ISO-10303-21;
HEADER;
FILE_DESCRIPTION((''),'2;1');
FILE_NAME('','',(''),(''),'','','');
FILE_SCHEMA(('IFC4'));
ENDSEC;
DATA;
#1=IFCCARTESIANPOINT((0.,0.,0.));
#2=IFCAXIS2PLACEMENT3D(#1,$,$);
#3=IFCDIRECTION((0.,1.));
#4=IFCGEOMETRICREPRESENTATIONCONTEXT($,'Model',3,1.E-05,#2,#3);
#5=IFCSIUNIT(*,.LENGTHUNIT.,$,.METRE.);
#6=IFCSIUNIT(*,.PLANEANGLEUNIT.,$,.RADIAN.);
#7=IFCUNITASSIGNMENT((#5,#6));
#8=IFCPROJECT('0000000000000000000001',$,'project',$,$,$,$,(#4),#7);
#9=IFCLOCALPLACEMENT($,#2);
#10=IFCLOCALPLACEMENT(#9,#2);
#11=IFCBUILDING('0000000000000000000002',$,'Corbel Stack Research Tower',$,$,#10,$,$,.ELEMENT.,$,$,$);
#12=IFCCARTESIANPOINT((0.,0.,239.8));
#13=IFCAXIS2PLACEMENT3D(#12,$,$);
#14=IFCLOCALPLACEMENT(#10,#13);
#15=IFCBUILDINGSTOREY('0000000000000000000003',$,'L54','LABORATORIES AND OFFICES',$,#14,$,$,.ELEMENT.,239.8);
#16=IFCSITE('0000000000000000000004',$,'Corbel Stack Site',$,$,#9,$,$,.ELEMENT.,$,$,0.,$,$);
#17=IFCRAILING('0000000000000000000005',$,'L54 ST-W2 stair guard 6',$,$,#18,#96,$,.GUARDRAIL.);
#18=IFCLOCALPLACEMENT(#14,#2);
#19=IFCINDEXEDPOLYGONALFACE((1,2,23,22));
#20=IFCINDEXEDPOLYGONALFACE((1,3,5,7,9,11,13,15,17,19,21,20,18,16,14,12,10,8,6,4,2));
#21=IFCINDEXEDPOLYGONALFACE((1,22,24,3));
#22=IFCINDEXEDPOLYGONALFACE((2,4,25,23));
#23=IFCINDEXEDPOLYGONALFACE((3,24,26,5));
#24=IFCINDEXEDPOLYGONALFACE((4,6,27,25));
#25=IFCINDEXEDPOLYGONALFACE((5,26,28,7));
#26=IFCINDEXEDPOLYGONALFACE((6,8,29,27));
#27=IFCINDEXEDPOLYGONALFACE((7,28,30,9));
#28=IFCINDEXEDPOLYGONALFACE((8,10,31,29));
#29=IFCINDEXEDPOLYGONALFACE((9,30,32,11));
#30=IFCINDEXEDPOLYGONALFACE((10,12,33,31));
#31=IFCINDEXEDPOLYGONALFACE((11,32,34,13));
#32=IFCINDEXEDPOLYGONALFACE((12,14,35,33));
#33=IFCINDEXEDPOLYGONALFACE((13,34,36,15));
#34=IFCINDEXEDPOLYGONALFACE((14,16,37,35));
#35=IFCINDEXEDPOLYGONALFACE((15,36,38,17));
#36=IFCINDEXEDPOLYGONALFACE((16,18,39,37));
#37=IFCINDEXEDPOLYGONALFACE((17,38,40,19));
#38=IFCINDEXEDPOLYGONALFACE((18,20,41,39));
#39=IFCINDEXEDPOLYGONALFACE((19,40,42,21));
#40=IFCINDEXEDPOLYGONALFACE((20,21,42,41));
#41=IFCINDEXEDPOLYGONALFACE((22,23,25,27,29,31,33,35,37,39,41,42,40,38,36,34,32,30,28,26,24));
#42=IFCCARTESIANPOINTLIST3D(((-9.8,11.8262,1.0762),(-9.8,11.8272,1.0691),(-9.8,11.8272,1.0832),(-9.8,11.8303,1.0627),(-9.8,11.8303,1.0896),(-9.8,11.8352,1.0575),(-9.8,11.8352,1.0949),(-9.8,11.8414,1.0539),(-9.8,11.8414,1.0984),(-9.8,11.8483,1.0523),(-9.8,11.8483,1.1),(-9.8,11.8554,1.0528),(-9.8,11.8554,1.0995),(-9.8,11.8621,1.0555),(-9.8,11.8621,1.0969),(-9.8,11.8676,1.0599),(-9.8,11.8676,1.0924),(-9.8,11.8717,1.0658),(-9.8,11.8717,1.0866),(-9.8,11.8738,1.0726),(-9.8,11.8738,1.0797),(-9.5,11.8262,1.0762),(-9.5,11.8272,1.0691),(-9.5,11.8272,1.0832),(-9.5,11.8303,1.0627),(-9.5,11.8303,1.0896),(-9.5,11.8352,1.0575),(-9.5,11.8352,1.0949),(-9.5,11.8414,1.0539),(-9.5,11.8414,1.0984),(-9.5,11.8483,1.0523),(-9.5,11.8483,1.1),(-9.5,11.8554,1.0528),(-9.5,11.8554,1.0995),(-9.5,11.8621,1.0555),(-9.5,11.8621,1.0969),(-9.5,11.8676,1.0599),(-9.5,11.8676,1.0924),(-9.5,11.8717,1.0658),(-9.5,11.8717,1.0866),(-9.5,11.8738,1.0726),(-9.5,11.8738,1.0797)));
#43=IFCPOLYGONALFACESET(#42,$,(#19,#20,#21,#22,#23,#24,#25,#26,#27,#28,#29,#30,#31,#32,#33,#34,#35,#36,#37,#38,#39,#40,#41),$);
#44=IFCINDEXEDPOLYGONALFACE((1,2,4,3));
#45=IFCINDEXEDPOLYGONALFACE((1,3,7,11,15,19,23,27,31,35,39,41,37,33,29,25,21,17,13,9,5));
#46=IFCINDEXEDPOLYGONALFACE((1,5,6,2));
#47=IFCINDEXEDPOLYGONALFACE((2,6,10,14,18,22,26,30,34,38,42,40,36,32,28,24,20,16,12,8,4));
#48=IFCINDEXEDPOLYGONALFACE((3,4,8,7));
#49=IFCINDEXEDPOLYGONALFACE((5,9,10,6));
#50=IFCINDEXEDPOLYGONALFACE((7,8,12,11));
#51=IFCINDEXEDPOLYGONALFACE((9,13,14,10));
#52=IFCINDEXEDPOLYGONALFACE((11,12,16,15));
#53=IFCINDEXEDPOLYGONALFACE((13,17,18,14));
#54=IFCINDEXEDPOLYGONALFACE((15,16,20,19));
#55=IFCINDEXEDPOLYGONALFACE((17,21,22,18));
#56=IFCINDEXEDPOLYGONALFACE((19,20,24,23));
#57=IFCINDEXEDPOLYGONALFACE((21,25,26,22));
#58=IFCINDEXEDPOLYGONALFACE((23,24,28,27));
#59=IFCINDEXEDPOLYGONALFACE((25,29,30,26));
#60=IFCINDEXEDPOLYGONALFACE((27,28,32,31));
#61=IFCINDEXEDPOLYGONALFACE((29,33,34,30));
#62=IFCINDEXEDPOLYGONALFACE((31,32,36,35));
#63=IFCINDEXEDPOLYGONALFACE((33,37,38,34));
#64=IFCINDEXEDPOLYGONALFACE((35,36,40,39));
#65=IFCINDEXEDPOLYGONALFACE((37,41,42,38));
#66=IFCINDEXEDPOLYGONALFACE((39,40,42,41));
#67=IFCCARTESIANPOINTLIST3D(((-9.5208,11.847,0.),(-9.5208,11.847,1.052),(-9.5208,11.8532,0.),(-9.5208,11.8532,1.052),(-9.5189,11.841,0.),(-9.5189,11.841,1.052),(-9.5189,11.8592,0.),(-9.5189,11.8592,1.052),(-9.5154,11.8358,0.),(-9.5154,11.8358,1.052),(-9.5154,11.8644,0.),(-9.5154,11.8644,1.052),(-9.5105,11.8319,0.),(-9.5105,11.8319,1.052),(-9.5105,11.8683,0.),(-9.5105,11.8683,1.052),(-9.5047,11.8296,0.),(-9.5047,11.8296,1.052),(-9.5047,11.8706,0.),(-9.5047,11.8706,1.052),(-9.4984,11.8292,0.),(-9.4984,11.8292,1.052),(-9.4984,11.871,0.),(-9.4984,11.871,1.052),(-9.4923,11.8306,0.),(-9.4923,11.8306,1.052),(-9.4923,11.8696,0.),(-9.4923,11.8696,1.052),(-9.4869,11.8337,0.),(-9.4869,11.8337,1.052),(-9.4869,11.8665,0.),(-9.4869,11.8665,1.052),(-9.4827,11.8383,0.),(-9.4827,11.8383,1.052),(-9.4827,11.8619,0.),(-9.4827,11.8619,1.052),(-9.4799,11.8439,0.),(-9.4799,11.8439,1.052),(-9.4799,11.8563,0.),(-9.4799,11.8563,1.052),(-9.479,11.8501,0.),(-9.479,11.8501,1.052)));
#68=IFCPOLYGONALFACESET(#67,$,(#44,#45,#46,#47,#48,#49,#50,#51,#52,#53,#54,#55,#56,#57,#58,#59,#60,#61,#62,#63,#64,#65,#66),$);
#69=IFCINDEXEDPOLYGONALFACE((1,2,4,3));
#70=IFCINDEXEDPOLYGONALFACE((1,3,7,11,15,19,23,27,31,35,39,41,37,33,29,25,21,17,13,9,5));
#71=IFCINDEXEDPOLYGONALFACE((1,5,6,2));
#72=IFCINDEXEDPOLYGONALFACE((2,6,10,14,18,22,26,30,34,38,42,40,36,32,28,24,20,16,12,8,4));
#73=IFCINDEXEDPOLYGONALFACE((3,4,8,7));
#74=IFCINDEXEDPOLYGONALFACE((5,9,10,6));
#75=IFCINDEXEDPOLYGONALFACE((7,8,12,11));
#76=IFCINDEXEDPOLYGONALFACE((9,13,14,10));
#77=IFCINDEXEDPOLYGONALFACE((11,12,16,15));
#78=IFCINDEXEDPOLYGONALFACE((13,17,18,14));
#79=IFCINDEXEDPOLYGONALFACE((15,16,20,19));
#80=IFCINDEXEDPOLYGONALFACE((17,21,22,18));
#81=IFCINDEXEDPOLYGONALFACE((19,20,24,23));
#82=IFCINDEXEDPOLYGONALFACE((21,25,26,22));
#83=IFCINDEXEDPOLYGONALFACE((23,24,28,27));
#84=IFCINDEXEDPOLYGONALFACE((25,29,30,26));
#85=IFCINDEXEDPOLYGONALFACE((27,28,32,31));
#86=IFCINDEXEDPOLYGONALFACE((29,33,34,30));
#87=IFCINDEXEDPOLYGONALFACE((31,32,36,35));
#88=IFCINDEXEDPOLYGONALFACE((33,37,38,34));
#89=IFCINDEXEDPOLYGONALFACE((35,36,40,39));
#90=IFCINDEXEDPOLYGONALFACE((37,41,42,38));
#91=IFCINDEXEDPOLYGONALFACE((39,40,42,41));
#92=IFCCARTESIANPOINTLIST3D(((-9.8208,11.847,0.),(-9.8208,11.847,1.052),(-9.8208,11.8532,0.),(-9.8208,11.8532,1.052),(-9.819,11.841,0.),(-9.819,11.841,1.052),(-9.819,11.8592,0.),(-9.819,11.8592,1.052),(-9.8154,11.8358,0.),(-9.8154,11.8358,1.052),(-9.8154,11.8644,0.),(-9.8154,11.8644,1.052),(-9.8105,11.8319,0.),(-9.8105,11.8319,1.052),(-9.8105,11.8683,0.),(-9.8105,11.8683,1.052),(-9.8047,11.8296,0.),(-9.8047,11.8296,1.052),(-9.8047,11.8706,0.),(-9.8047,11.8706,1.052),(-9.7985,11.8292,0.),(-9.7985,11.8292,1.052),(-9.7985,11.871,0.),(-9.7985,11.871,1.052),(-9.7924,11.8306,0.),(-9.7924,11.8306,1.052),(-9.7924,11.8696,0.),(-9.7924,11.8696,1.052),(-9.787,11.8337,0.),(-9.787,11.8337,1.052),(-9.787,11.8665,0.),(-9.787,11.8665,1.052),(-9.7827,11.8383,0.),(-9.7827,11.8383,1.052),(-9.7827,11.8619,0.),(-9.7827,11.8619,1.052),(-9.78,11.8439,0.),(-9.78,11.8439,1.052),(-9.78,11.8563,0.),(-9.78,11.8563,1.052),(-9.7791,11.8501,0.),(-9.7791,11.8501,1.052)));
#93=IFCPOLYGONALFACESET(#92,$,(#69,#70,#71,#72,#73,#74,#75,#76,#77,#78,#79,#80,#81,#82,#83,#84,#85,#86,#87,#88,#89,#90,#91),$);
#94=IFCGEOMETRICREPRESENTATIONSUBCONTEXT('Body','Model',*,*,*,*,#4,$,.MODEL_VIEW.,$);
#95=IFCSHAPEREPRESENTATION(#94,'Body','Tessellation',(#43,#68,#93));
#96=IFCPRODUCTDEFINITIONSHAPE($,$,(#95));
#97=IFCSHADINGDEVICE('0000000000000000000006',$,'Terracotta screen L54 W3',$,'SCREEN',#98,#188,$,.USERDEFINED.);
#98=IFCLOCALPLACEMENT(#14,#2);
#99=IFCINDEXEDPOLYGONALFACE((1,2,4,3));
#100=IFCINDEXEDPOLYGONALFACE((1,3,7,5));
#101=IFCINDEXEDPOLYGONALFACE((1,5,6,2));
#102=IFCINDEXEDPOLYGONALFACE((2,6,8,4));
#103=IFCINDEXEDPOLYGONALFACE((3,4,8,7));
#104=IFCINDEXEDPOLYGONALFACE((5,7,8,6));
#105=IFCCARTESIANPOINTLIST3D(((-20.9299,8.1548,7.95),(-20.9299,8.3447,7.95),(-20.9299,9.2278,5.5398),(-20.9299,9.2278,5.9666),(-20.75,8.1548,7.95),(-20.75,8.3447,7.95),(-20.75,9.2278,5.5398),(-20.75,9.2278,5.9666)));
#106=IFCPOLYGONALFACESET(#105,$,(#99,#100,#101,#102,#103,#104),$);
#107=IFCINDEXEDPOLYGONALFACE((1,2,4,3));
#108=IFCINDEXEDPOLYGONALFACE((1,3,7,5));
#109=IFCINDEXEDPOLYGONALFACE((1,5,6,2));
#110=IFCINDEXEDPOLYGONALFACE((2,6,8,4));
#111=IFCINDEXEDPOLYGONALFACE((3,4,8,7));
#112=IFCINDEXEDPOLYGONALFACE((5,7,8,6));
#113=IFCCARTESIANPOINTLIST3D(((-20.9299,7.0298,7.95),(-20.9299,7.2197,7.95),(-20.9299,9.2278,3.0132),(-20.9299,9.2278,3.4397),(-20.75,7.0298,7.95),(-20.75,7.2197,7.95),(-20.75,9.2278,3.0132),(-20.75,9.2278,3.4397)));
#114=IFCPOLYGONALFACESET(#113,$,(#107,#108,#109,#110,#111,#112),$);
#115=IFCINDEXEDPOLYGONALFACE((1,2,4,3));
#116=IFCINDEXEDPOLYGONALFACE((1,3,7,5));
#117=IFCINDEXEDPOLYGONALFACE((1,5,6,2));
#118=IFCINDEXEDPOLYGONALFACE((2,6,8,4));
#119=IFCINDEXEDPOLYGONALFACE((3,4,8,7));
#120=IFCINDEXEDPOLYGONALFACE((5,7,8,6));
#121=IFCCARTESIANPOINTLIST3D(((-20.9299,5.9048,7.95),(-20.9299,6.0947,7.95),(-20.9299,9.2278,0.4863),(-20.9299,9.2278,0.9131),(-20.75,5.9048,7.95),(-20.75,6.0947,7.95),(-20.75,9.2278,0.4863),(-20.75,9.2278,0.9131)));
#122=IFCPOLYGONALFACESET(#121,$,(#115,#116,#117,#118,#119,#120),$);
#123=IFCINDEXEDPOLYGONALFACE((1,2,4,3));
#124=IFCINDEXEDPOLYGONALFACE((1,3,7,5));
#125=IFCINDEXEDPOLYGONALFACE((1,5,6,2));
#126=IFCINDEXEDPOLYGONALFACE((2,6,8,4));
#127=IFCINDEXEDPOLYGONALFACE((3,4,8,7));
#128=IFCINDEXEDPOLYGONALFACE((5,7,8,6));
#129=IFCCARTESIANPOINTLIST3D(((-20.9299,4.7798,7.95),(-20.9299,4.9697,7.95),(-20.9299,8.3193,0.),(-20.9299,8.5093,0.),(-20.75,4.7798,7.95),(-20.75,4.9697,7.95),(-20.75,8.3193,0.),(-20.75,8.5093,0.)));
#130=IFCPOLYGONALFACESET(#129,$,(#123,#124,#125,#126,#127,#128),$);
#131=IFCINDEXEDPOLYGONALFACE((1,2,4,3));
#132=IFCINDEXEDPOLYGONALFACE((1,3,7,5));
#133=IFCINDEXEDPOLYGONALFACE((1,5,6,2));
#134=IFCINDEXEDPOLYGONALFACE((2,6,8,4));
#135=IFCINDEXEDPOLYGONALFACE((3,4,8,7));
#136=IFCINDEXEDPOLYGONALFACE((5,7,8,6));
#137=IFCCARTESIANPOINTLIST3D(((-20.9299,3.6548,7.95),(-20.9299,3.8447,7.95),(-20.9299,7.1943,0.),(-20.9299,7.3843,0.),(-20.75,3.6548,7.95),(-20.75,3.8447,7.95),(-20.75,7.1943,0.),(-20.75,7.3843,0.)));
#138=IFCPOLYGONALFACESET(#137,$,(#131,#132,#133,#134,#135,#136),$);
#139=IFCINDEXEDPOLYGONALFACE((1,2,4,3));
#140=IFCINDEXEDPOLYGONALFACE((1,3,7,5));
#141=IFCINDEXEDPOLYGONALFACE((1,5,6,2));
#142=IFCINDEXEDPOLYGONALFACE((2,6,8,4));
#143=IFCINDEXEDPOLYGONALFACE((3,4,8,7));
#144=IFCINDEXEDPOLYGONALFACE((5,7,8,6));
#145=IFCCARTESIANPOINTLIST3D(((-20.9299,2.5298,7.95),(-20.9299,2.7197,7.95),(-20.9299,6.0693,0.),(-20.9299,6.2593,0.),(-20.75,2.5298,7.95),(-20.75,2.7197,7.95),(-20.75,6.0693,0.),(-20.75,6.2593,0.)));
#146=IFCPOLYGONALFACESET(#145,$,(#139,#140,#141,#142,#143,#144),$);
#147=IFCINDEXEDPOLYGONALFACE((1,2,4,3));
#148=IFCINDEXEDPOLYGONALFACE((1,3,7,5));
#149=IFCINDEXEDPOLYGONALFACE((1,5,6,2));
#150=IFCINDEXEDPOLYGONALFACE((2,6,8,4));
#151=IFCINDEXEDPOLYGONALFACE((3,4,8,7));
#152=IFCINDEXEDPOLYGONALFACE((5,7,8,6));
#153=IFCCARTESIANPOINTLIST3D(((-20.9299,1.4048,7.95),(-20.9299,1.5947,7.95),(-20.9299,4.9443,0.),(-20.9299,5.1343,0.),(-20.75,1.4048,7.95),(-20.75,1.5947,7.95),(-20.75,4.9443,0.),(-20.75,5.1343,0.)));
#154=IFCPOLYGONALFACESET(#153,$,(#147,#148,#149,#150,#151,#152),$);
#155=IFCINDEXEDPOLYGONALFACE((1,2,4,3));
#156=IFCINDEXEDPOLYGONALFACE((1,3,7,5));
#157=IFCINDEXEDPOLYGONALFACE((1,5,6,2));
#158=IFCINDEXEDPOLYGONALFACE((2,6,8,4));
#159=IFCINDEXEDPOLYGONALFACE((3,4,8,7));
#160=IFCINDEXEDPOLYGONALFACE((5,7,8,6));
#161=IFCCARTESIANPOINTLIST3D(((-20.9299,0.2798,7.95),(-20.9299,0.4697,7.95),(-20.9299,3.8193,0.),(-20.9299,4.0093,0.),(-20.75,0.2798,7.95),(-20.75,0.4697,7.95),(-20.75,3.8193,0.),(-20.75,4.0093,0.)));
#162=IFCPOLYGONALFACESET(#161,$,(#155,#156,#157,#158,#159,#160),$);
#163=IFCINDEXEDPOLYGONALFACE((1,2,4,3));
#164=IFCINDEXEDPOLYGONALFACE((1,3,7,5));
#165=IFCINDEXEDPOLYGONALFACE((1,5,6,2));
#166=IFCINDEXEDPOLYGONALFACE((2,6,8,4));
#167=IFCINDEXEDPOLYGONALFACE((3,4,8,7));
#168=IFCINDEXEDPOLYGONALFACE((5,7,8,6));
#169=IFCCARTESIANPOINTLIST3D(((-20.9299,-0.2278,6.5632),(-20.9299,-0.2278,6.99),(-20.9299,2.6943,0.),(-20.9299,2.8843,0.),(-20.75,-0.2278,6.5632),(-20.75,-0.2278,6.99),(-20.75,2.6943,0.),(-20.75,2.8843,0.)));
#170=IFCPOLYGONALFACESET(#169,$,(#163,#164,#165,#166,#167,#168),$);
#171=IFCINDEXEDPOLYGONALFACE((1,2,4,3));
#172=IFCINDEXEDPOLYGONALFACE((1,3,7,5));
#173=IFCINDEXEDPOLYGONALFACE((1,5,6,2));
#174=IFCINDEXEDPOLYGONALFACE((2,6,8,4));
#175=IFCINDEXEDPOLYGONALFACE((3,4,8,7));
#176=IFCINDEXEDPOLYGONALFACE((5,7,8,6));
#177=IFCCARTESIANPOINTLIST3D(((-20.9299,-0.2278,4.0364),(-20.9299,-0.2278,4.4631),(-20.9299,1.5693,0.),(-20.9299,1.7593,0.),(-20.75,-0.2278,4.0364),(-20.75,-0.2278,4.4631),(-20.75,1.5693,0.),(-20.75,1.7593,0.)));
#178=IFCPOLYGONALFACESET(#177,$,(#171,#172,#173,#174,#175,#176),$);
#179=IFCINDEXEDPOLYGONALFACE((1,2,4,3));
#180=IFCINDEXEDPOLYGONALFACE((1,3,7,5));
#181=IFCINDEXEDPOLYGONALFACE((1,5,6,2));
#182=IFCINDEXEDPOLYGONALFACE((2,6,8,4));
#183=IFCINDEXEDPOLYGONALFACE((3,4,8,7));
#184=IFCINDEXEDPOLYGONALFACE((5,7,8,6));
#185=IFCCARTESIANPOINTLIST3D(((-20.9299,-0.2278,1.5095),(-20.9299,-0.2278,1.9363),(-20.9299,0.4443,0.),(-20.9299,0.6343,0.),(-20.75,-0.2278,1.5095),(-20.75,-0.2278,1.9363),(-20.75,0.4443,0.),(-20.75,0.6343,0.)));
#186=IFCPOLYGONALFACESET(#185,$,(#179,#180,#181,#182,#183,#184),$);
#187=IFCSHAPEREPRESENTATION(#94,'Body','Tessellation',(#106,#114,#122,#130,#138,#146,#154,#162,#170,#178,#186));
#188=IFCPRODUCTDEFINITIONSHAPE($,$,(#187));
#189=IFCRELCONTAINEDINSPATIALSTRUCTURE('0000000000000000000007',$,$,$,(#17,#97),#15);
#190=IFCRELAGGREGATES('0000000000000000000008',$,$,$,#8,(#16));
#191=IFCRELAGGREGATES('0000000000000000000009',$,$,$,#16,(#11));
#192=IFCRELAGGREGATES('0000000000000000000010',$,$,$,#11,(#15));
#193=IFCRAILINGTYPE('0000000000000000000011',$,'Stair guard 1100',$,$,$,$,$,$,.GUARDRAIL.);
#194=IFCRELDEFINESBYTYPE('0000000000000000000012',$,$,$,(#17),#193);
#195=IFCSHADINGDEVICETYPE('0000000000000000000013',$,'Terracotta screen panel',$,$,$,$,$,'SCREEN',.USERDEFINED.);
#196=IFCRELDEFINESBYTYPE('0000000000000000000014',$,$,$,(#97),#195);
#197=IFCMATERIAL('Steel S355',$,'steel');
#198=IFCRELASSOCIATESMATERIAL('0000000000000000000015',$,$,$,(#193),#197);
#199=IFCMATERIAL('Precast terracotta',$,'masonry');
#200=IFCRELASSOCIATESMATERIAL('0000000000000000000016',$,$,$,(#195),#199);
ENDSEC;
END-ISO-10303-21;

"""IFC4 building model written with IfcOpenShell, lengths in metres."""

from ifc_helpers import new_model, si_unit, direction, frame, origin, origin_2d, place, context, subcontext, project, spatial, polyline, circle, outline, extrude, source, transform, mapped, material, type_object, element, save


model = new_model("IFC4")

# Units and contexts
model_context = context("Model", 3, precision=1e-05, world=origin(), true_north=direction((0.0, 1.0)))
body_context = subcontext(model_context, "Body", "Model", "MODEL_VIEW")
ifc_project = project(units=[si_unit("LENGTHUNIT", "METRE"), si_unit("PLANEANGLEUNIT", "RADIAN")], contexts=[model_context])

# Site, building, storey
site_placement = place(None, origin())
site = spatial("IfcSite", under=ifc_project, at=site_placement, Name="Corbel Stack Site", CompositionType="ELEMENT", RefElevation=0.0)
building_placement = place(site_placement, origin())
building = spatial("IfcBuilding", under=site, at=building_placement, Name="Corbel Stack Research Tower", CompositionType="ELEMENT")
storey_placement = place(building_placement, frame((0.0, 0.0, 239.8)))
storey = spatial("IfcBuildingStorey", under=building, at=storey_placement, Name="L54", Description="LABORATORIES AND OFFICES", CompositionType="ELEMENT", Elevation=239.8)

# Railing
ifc_material_1 = material(Name="Steel S355", Category="steel")
railing_type = type_object("IfcRailingType", Name="Stair guard 1100", PredefinedType="GUARDRAIL", material=ifc_material_1)
railing_placement = place(storey_placement, frame((-9.5, 11.8501, 0.0)))
element("IfcRailing", 1, at=railing_placement, inside=storey, type_object=railing_type, Name="L54 ST-W2 stair guard 6", PredefinedType="GUARDRAIL", context=body_context, shape_type="SweptSolid", body=[
    extrude(circle(Radius=0.0239, at=origin_2d()), frame((0.0, 0.0, 1.0762), z_axis=(-1.0, 0.0, 0.0), x_axis=(0.0, -1.0, 0.0)), (0.0, 0.0, 1.0), 0.3),
    extrude(circle(Radius=0.021, at=origin_2d()), origin(), (0.0, 0.0, 1.0), 1.052),
    extrude(circle(Radius=0.021, at=origin_2d()), frame((-0.3, 0.0, 0.0)), (0.0, 0.0, 1.0), 1.052),
])

# Shading device
ifc_material_2 = material(Name="Precast terracotta", Category="masonry")
shading_device_type = type_object("IfcShadingDeviceType", Name="Terracotta screen panel", ElementType="SCREEN", PredefinedType="USERDEFINED", material=ifc_material_2)
shared_shape = source(origin(), body_context, "Body", "SweptSolid", [
    extrude(outline(polyline([(1.073, 7.95), (0.8831, 7.95), (0.0, 5.9666), (0.0, 5.5398), (1.073, 7.95)])), frame((0.0, 0.0, 0.0), z_axis=(0.0, -1.0, 0.0), x_axis=(1.0, 0.0, 0.0)), (0.0, 0.0, 1.0), 0.1799),
    extrude(outline(polyline([(2.198, 7.95), (2.0081, 7.95), (0.0, 3.4397), (0.0, 3.0132), (2.198, 7.95)])), frame((0.0, 0.0, 0.0), z_axis=(0.0, -1.0, 0.0), x_axis=(1.0, 0.0, 0.0)), (0.0, 0.0, 1.0), 0.1799),
    extrude(outline(polyline([(3.323, 7.95), (3.1331, 7.95), (0.0, 0.9131), (0.0, 0.4863), (3.323, 7.95)])), frame((0.0, 0.0, 0.0), z_axis=(0.0, -1.0, 0.0), x_axis=(1.0, 0.0, 0.0)), (0.0, 0.0, 1.0), 0.1799),
    extrude(outline(polyline([(0.9084, 0.0), (4.448, 7.95), (4.2581, 7.95), (0.7185, 0.0), (0.9084, 0.0)])), frame((0.0, 0.0, 0.0), z_axis=(0.0, -1.0, 0.0), x_axis=(1.0, 0.0, 0.0)), (0.0, 0.0, 1.0), 0.1799),
    extrude(outline(polyline([(2.0334, 0.0), (5.573, 7.95), (5.3831, 7.95), (1.8435, 0.0), (2.0334, 0.0)])), frame((0.0, 0.0, 0.0), z_axis=(0.0, -1.0, 0.0), x_axis=(1.0, 0.0, 0.0)), (0.0, 0.0, 1.0), 0.1799),
    extrude(outline(polyline([(3.1584, 0.0), (6.698, 7.95), (6.5081, 7.95), (2.9685, 0.0), (3.1584, 0.0)])), frame((0.0, 0.0, 0.0), z_axis=(0.0, -1.0, 0.0), x_axis=(1.0, 0.0, 0.0)), (0.0, 0.0, 1.0), 0.1799),
    extrude(outline(polyline([(4.2834, 0.0), (7.823, 7.95), (7.6331, 7.95), (4.0935, 0.0), (4.2834, 0.0)])), frame((0.0, 0.0, 0.0), z_axis=(0.0, -1.0, 0.0), x_axis=(1.0, 0.0, 0.0)), (0.0, 0.0, 1.0), 0.1799),
    extrude(outline(polyline([(5.4084, 0.0), (8.948, 7.95), (8.7581, 7.95), (5.2185, 0.0), (5.4084, 0.0)])), frame((0.0, 0.0, 0.0), z_axis=(0.0, -1.0, 0.0), x_axis=(1.0, 0.0, 0.0)), (0.0, 0.0, 1.0), 0.1799),
    extrude(outline(polyline([(6.5334, 0.0), (9.4556, 6.5632), (9.4556, 6.99), (6.3435, 0.0), (6.5334, 0.0)])), frame((0.0, 0.0, 0.0), z_axis=(0.0, -1.0, 0.0), x_axis=(1.0, 0.0, 0.0)), (0.0, 0.0, 1.0), 0.1799),
    extrude(outline(polyline([(7.6584, 0.0), (9.4556, 4.0364), (9.4556, 4.4631), (7.4685, 0.0), (7.6584, 0.0)])), frame((0.0, 0.0, 0.0), z_axis=(0.0, -1.0, 0.0), x_axis=(1.0, 0.0, 0.0)), (0.0, 0.0, 1.0), 0.1799),
    extrude(outline(polyline([(8.7834, 0.0), (9.4556, 1.5095), (9.4556, 1.9363), (8.5935, 0.0), (8.7834, 0.0)])), frame((0.0, 0.0, 0.0), z_axis=(0.0, -1.0, 0.0), x_axis=(1.0, 0.0, 0.0)), (0.0, 0.0, 1.0), 0.1799),
])
shading_device_placement = place(storey_placement, frame((-20.75, 9.2278, 0.0), z_axis=(0.0, 0.0, 1.0), x_axis=(0.0, -1.0, 0.0)))
element("IfcShadingDevice", 2, at=shading_device_placement, inside=storey, type_object=shading_device_type, Name="Terracotta screen L54 W3", ObjectType="SCREEN", PredefinedType="USERDEFINED", context=body_context, shape_type="MappedRepresentation", body=[
    mapped(shared_shape, transform((0.0, 0.0, 0.0))),
])

save(model, "model.ifc")
